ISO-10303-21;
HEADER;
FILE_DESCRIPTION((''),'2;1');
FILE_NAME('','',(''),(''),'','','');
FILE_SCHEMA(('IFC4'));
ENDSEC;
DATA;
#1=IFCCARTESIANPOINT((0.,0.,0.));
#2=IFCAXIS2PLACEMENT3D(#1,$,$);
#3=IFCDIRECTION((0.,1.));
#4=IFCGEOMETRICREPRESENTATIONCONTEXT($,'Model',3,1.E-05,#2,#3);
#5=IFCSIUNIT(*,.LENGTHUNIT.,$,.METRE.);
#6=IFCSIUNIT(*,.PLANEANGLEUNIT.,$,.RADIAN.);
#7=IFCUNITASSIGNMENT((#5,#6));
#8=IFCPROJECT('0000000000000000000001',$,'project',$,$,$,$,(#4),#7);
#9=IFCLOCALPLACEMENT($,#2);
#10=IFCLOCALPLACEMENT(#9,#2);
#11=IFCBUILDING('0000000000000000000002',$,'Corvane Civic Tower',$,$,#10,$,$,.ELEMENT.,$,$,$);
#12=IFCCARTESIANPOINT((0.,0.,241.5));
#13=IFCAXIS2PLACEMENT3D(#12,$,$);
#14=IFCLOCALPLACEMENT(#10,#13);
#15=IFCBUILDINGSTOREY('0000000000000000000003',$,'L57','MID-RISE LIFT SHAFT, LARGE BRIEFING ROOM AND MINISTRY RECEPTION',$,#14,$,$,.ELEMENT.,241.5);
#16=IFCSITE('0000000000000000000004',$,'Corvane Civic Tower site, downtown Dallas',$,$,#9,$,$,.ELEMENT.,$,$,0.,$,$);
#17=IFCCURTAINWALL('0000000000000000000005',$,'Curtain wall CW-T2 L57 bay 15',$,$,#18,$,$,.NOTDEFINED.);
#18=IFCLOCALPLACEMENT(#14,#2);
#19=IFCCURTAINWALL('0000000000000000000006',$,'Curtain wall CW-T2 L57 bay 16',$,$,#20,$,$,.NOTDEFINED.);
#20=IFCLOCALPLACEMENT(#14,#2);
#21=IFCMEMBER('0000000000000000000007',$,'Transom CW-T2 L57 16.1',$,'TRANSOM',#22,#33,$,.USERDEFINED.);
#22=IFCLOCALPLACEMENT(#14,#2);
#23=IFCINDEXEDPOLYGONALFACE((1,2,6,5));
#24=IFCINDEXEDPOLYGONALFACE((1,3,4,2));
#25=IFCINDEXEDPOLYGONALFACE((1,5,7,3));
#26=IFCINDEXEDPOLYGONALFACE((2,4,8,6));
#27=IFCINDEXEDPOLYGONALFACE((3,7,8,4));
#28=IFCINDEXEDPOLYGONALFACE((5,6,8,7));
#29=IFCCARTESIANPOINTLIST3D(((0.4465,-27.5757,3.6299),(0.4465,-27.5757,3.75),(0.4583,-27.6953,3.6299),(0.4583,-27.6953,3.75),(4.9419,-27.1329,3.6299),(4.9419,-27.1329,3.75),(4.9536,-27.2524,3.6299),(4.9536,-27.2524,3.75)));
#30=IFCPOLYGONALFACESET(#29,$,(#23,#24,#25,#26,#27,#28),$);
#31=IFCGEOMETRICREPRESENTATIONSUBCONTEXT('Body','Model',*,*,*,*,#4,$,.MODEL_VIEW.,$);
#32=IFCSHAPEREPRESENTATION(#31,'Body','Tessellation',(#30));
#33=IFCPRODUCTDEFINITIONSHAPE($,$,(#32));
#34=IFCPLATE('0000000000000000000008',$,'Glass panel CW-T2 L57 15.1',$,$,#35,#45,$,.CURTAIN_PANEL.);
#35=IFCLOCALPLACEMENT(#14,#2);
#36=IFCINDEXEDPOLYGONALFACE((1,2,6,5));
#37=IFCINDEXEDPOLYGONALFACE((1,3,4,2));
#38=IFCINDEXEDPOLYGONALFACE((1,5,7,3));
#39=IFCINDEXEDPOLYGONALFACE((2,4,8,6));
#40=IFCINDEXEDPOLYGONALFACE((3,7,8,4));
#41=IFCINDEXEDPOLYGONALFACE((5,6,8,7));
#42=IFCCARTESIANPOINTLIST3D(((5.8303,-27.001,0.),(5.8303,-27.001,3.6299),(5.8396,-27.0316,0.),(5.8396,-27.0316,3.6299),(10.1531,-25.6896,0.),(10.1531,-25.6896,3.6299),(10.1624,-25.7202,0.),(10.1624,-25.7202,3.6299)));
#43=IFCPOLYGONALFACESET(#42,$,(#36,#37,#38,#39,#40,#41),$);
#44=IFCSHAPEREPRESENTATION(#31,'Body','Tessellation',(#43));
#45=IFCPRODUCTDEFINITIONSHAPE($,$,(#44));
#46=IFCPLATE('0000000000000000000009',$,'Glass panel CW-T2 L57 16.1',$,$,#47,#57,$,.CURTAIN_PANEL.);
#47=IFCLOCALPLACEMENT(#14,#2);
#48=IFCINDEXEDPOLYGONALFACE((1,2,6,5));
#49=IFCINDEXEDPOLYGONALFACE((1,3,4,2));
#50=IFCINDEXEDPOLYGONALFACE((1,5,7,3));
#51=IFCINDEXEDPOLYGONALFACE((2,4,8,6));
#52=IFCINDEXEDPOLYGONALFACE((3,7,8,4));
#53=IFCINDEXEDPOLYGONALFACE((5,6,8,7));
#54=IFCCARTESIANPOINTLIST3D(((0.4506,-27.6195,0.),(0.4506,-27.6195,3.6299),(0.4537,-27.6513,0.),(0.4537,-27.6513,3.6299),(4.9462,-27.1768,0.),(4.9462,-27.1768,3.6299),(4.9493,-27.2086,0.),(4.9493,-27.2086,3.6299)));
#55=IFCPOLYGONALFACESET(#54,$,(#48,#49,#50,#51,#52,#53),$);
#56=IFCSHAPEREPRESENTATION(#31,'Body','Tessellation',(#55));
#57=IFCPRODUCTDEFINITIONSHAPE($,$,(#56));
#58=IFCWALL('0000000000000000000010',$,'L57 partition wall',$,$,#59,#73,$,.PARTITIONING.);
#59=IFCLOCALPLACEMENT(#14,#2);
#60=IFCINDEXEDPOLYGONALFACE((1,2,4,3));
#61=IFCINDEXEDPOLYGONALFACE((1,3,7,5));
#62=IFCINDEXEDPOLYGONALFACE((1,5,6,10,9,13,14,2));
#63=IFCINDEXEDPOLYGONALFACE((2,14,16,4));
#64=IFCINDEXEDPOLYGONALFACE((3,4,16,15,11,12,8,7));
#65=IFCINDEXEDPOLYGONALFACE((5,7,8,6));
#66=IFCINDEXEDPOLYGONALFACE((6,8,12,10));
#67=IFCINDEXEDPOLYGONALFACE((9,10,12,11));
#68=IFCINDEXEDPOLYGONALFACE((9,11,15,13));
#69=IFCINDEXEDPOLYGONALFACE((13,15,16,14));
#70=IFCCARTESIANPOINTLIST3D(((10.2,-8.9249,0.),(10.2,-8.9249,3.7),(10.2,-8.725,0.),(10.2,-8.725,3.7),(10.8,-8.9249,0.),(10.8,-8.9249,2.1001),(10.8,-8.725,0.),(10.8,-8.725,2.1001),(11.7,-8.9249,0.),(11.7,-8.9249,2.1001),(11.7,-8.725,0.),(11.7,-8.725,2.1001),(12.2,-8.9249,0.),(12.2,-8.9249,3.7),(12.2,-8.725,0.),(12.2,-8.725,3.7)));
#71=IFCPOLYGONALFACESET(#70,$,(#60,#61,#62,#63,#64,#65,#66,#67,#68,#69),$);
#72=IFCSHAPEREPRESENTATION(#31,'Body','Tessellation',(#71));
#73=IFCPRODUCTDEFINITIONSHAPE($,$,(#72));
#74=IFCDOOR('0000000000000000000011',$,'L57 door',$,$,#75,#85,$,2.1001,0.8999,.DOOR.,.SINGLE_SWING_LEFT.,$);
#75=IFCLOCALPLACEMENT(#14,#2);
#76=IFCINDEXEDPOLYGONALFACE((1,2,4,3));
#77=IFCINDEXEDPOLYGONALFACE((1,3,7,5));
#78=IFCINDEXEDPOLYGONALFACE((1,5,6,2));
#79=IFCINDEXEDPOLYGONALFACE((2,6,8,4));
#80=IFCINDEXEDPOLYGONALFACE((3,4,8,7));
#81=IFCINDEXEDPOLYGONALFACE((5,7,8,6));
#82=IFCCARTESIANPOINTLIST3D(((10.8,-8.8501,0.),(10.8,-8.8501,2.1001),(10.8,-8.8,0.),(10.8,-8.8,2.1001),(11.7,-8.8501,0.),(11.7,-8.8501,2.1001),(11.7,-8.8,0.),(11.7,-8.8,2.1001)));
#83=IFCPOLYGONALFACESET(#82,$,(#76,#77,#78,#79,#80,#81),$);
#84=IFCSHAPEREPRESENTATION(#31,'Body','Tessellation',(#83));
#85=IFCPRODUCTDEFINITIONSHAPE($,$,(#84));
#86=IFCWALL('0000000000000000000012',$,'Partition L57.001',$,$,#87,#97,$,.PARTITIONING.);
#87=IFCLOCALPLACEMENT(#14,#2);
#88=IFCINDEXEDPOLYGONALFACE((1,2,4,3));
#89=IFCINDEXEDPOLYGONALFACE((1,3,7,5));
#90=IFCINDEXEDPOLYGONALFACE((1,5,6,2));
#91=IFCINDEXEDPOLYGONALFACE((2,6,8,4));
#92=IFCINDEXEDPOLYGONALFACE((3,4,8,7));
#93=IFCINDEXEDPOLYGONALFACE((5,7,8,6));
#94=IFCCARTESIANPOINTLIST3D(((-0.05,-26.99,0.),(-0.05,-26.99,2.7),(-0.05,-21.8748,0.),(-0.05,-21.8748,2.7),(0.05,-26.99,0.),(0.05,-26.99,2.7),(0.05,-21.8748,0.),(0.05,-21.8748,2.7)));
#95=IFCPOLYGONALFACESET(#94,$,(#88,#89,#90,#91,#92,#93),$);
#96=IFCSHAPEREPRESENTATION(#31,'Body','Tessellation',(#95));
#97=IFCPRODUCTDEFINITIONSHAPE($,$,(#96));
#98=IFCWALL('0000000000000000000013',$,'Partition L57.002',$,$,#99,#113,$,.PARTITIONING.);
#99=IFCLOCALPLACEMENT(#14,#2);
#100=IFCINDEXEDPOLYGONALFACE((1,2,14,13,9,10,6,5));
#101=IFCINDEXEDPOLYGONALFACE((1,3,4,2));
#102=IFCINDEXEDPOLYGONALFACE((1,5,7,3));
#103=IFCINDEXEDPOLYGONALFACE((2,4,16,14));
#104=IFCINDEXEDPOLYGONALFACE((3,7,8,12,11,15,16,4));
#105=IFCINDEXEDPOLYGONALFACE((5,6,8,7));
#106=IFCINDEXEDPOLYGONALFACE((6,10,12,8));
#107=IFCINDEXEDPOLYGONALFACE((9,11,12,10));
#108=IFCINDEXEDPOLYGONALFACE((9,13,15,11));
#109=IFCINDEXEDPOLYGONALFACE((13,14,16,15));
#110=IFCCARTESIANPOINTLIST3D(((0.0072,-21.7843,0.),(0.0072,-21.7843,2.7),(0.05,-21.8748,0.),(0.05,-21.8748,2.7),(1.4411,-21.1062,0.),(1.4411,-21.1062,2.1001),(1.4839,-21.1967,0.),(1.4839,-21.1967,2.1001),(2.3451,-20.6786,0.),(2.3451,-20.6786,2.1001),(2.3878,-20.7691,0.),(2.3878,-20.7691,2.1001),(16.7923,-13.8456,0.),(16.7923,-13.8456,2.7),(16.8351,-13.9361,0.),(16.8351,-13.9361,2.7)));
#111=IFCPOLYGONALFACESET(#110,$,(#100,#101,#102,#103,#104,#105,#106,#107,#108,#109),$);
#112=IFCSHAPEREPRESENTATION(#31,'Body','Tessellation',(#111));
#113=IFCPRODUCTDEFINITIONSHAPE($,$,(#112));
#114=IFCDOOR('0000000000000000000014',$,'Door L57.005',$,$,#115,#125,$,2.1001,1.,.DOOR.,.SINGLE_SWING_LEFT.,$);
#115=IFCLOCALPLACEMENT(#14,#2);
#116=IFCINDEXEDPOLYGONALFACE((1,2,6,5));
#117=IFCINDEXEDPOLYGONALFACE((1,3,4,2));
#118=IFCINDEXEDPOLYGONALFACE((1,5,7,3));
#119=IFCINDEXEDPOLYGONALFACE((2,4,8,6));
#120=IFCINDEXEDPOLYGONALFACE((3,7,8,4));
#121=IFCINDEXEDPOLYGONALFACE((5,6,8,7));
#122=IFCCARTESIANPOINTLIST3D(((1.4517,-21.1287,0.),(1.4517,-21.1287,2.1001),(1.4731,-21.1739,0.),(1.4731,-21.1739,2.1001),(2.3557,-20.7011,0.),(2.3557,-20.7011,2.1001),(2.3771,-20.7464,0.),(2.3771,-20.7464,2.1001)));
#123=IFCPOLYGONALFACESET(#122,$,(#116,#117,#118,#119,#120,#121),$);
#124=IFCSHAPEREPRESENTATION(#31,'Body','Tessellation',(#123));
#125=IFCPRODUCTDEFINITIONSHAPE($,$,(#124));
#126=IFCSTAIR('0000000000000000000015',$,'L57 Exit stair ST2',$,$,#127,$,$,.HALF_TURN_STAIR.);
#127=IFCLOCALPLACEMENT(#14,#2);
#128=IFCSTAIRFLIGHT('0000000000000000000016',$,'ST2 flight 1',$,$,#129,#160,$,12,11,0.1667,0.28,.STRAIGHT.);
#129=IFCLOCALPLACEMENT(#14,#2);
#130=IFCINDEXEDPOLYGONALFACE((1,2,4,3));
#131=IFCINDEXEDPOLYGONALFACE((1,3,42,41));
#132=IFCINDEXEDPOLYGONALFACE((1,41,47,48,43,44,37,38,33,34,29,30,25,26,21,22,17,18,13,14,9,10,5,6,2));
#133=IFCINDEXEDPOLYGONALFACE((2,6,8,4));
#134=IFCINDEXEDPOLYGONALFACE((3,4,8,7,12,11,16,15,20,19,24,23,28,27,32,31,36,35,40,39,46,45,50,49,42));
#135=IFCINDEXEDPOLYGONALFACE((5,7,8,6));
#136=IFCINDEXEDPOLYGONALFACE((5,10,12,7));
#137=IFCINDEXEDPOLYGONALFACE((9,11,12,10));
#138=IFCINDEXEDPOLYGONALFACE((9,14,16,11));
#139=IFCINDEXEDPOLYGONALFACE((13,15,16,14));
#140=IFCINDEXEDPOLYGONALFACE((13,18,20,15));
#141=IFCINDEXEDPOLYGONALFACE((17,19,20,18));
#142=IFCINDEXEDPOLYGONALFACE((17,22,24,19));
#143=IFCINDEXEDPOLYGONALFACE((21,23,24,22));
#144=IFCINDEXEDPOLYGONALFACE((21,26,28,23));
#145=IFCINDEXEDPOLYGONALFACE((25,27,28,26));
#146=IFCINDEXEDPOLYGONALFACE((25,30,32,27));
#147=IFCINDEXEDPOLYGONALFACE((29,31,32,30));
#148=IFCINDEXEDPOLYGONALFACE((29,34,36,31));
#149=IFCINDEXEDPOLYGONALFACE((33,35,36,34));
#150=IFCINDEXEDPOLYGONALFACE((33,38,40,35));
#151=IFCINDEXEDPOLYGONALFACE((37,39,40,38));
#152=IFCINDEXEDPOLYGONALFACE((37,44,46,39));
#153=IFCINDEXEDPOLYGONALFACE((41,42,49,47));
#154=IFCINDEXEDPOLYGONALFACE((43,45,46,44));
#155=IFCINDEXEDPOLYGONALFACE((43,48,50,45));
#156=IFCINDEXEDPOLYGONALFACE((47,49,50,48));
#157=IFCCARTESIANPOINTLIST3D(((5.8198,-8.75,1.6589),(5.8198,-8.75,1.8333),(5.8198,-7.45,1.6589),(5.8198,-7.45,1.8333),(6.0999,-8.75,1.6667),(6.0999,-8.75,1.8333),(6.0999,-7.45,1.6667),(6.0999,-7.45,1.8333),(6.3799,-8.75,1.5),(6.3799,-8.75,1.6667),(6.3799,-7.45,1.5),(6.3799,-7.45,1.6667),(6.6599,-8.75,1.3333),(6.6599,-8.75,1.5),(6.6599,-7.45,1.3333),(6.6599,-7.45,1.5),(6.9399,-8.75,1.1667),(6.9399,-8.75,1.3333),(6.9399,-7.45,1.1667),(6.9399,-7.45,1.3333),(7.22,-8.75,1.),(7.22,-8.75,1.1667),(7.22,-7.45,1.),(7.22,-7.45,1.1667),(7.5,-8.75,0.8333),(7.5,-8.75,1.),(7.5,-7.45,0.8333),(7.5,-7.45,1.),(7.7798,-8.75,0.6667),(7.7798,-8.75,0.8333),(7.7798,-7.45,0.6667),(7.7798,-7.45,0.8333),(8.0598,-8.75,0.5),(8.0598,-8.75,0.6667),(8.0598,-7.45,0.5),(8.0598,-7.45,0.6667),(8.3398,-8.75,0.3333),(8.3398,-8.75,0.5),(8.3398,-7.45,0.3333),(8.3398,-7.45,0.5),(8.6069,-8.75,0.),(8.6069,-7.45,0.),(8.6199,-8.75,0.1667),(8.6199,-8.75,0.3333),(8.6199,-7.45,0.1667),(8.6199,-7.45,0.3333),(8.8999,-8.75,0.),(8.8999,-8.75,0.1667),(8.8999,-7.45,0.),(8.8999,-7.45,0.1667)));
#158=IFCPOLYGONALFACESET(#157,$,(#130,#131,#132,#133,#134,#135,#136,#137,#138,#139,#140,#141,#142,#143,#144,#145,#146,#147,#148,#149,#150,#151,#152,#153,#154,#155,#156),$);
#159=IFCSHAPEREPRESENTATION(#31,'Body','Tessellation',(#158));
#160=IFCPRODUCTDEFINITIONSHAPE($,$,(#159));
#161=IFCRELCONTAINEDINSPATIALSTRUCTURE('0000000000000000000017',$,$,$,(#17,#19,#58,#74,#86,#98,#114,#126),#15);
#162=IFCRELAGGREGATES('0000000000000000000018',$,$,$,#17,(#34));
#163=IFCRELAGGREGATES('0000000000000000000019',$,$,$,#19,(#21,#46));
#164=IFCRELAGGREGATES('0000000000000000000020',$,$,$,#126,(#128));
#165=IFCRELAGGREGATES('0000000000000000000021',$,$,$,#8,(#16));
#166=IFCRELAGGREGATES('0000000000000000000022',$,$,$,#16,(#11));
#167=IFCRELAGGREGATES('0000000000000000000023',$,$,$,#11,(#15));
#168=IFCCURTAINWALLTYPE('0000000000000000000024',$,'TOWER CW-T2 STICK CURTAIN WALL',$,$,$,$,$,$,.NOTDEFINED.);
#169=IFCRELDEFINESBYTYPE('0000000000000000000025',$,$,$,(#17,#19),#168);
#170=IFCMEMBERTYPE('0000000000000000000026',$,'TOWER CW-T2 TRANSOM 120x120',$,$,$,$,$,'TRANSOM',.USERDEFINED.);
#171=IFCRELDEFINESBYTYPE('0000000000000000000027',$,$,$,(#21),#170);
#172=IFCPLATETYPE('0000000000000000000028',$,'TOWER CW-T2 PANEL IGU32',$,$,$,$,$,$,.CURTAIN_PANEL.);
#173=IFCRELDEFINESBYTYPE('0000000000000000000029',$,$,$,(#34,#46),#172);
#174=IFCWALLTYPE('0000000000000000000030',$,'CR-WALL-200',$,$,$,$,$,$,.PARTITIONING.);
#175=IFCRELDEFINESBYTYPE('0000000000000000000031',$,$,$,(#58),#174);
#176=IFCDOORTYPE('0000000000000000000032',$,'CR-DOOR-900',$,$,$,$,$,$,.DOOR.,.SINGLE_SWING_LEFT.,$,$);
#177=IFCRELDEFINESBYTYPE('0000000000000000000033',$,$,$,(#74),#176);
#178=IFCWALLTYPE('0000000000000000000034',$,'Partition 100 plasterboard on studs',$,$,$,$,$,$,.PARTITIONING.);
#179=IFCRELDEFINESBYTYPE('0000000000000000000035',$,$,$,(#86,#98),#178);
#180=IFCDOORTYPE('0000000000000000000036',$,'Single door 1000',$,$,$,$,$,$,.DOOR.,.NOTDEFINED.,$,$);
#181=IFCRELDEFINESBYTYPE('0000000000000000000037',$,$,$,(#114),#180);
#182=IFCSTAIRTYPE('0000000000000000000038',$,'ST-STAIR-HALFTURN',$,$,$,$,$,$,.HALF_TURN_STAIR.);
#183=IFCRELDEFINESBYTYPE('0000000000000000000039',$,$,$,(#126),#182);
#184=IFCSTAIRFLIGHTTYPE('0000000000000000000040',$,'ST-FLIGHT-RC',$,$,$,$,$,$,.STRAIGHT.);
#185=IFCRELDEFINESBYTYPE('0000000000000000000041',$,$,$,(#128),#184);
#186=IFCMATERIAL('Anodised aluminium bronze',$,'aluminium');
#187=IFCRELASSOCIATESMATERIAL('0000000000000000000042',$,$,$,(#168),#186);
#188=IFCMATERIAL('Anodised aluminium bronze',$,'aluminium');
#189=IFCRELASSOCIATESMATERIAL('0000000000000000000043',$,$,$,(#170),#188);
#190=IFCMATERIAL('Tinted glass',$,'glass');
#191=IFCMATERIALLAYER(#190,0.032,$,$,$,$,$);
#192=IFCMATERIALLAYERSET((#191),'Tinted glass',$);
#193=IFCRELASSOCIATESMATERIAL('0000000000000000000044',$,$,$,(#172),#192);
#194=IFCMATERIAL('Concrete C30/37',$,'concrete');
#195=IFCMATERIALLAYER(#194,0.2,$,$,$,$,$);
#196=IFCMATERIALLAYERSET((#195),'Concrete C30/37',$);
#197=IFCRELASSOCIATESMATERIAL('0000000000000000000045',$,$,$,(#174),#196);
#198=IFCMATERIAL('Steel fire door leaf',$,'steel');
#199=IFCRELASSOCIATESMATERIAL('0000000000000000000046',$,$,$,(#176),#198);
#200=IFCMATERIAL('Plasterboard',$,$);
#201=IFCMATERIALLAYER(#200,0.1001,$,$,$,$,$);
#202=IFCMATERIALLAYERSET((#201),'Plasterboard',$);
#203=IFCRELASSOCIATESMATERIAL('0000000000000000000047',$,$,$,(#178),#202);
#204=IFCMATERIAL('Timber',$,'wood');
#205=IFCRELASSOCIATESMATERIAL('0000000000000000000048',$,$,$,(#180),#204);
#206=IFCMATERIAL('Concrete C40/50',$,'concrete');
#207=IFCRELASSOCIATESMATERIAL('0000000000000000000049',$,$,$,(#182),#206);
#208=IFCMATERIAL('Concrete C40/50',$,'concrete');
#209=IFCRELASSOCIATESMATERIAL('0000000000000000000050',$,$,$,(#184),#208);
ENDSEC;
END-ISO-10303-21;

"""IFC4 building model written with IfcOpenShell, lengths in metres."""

from ifc_helpers import new_model, si_unit, direction, frame, frame_2d, origin, origin_2d, place, context, subcontext, project, spatial, polyline, rectangle, outline, extrude, material, layer, layer_set, material_profile, profile_set, type_object, element, fill, aggregate, save


model = new_model("IFC4")

# Units and contexts
model_context = context("Model", 3, precision=1e-05, world=origin(), true_north=direction((0.0, 1.0)))
body_context = subcontext(model_context, "Body", "Model", "MODEL_VIEW")
ifc_project = project(units=[si_unit("LENGTHUNIT", "METRE"), si_unit("PLANEANGLEUNIT", "RADIAN")], contexts=[model_context])

# Site, building, storey
site_placement = place(None, origin())
site = spatial("IfcSite", under=ifc_project, at=site_placement, Name="Corvane Civic Tower site, downtown Dallas", CompositionType="ELEMENT", RefElevation=0.0)
building_placement = place(site_placement, origin())
building = spatial("IfcBuilding", under=site, at=building_placement, Name="Corvane Civic Tower", CompositionType="ELEMENT")
storey_placement = place(building_placement, frame((0.0, 0.0, 241.5)))
storey = spatial("IfcBuildingStorey", under=building, at=storey_placement, Name="L57", Description="MID-RISE LIFT SHAFT, LARGE BRIEFING ROOM AND MINISTRY RECEPTION", CompositionType="ELEMENT", Elevation=241.5)

# Curtain walls, member
ifc_material_1 = material(Name="Anodised aluminium bronze", Category="aluminium")
curtain_wall_type = type_object("IfcCurtainWallType", Name="TOWER CW-T2 STICK CURTAIN WALL", PredefinedType="NOTDEFINED", material=ifc_material_1)
curtain_wall_1_placement = place(storey_placement, origin())
curtain_wall_1 = element("IfcCurtainWall", 1, at=curtain_wall_1_placement, inside=storey, type_object=curtain_wall_type, Name="Curtain wall CW-T2 L57 bay 15", PredefinedType="NOTDEFINED")
ifc_material_2 = material(Name="Anodised aluminium bronze", Category="aluminium")
ifc_material_profile_1 = material_profile(ifc_material_2, rectangle(XDim=0.1201, YDim=0.1201, at=origin_2d()), Name="TOWER CW-T2 TRANSOM 120x120")
ifc_profile_set_1 = profile_set([ifc_material_profile_1], Name="Anodised aluminium bronze")
member_type = type_object("IfcMemberType", Name="TOWER CW-T2 TRANSOM 120x120", ElementType="TRANSOM", PredefinedType="USERDEFINED", material=ifc_profile_set_1)
curtain_wall_2_placement = place(storey_placement, origin())
curtain_wall_2 = element("IfcCurtainWall", 2, at=curtain_wall_2_placement, inside=storey, type_object=curtain_wall_type, Name="Curtain wall CW-T2 L57 bay 16", PredefinedType="NOTDEFINED")
member_1_placement = place(storey_placement, frame((4.9478, -27.1926, 3.6899), z_axis=(-0.995182, -0.098043, 0.0), x_axis=(0.098043, -0.995182, 0.0)))
member_1 = element("IfcMember", 3, at=member_1_placement, type_object=member_type, Name="Transom CW-T2 L57 16.1", ObjectType="TRANSOM", PredefinedType="USERDEFINED", context=body_context, shape_type="SweptSolid", body=[
    extrude(rectangle(XDim=0.1201, YDim=0.1201, at=origin_2d()), origin(), (0.0, 0.0, 1.0), 4.5171),
])

# Plates
ifc_material_3 = material(Name="Tinted glass", Category="glass")
ifc_layer_1 = layer(ifc_material_3, 0.032)
ifc_layer_set_1 = layer_set([ifc_layer_1], Name="Tinted glass")
plate_type = type_object("IfcPlateType", Name="TOWER CW-T2 PANEL IGU32", PredefinedType="CURTAIN_PANEL", material=ifc_layer_set_1)
plate_1_placement = place(storey_placement, frame((7.9963, -26.3606, 0.0), z_axis=(0.0, 0.0, 1.0), x_axis=(-0.956939, -0.29029, 0.0)))
plate_1 = element("IfcPlate", 4, at=plate_1_placement, type_object=plate_type, Name="Glass panel CW-T2 L57 15.1", PredefinedType="CURTAIN_PANEL", context=body_context, shape_type="SweptSolid", body=[
    extrude(rectangle(XDim=4.5173, YDim=0.032, at=origin_2d()), origin(), (0.0, 0.0, 1.0), 3.6299),
])
aggregate(curtain_wall_1, [plate_1])
plate_2_placement = place(storey_placement, frame((2.7, -27.4141, 0.0), z_axis=(0.0, 0.0, 1.0), x_axis=(-0.995187, -0.097993, 0.0)))
plate_2 = element("IfcPlate", 5, at=plate_2_placement, type_object=plate_type, Name="Glass panel CW-T2 L57 16.1", PredefinedType="CURTAIN_PANEL", context=body_context, shape_type="SweptSolid", body=[
    extrude(rectangle(XDim=4.5173, YDim=0.032, at=origin_2d()), origin(), (0.0, 0.0, 1.0), 3.6299),
])
aggregate(curtain_wall_2, [member_1, plate_2])

# Wall, opening, door
ifc_material_4 = material(Name="Concrete C30/37", Category="concrete")
ifc_layer_2 = layer(ifc_material_4, 0.2)
ifc_layer_set_2 = layer_set([ifc_layer_2], Name="Concrete C30/37")
wall_type_1 = type_object("IfcWallType", Name="CR-WALL-200", PredefinedType="PARTITIONING", material=ifc_layer_set_2)
wall_1_placement = place(storey_placement, frame((10.2, -8.825, 0.0), z_axis=(0.0, 0.0, 1.0), x_axis=(1.0, 0.0, 0.0)))
wall_1 = element("IfcWall", 6, at=wall_1_placement, inside=storey, type_object=wall_type_1, Name="L57 partition wall", PredefinedType="PARTITIONING", context=body_context, shape_type="SweptSolid", body=[
    extrude(rectangle(XDim=2.0, YDim=0.2, at=frame_2d((1.0, 0.0))), origin(), (0.0, 0.0, 1.0), 3.7),
])
opening_1_placement = place(wall_1_placement, frame((0.6001, 0.0, 0.0)))
opening_1 = element("IfcOpeningElement", 7, at=opening_1_placement, cuts=wall_1, PredefinedType="OPENING", context=body_context, shape_type="SweptSolid", body=[
    extrude(rectangle(XDim=0.8999, YDim=2.1001, at=frame_2d((0.45, 1.05))), frame((0.0, 0.1099, 0.0), z_axis=(0.0, -1.0, 0.0), x_axis=(1.0, 0.0, 0.0)), (0.0, 0.0, 1.0), 0.22),
])
ifc_material_5 = material(Name="Steel fire door leaf", Category="steel")
door_type_1 = type_object("IfcDoorType", Name="CR-DOOR-900", OperationType="SINGLE_SWING_LEFT", PredefinedType="DOOR", material=ifc_material_5)
door_1_placement = place(opening_1_placement, origin())
door_1 = element("IfcDoor", 8, at=door_1_placement, inside=storey, type_object=door_type_1, Name="L57 door", OperationType="SINGLE_SWING_LEFT", OverallHeight=2.1001, OverallWidth=0.8999, PredefinedType="DOOR", context=body_context, shape_type="SweptSolid", body=[
    extrude(rectangle(XDim=0.8999, YDim=2.1001, at=frame_2d((0.45, 1.05))), frame((0.0, 0.0249, 0.0), z_axis=(0.0, -1.0, 0.0), x_axis=(1.0, 0.0, 0.0)), (0.0, 0.0, 1.0), 0.05),
])
fill(opening_1, door_1)

# Wall
ifc_material_6 = material(Name="Plasterboard")
ifc_layer_3 = layer(ifc_material_6, 0.1001)
ifc_layer_set_3 = layer_set([ifc_layer_3], Name="Plasterboard")
wall_type_2 = type_object("IfcWallType", Name="Partition 100 plasterboard on studs", PredefinedType="PARTITIONING", material=ifc_layer_set_3)
wall_2_placement = place(storey_placement, frame((0.0, -26.99, 0.0), z_axis=(0.0, 0.0, 1.0), x_axis=(0.0, 1.0, 0.0)))
element("IfcWall", 9, at=wall_2_placement, inside=storey, type_object=wall_type_2, Name="Partition L57.001", PredefinedType="PARTITIONING", context=body_context, shape_type="SweptSolid", body=[
    extrude(rectangle(XDim=5.1152, YDim=0.1001, at=frame_2d((2.5576, 0.0))), origin(), (0.0, 0.0, 1.0), 2.7),
])

# Wall, opening, door
wall_3_placement = place(storey_placement, frame((0.0286, -21.8296, 0.0), z_axis=(0.0, 0.0, 1.0), x_axis=(0.903991, 0.427552, 0.0)))
wall_3 = element("IfcWall", 10, at=wall_3_placement, inside=storey, type_object=wall_type_2, Name="Partition L57.002", PredefinedType="PARTITIONING", context=body_context, shape_type="SweptSolid", body=[
    extrude(rectangle(XDim=18.5679, YDim=0.1001, at=frame_2d((9.2839, 0.0))), origin(), (0.0, 0.0, 1.0), 2.7),
])
opening_2_placement = place(wall_3_placement, frame((1.5862, 0.0, 0.0)))
opening_2 = element("IfcOpeningElement", 11, at=opening_2_placement, cuts=wall_3, PredefinedType="OPENING", context=body_context, shape_type="SweptSolid", body=[
    extrude(rectangle(XDim=1.0, YDim=2.1001, at=frame_2d((0.5, 1.05))), frame((0.0, 0.0601, 0.0), z_axis=(0.0, -1.0, 0.0), x_axis=(1.0, 0.0, 0.0)), (0.0, 0.0, 1.0), 0.1201),
])
ifc_material_7 = material(Name="Timber", Category="wood")
door_type_2 = type_object("IfcDoorType", Name="Single door 1000", OperationType="NOTDEFINED", PredefinedType="DOOR", material=ifc_material_7)
door_2_placement = place(opening_2_placement, frame((1.0, 0.0, 0.0), z_axis=(0.0, 0.0, 1.0), x_axis=(-1.0, 0.0, 0.0)))
door_2 = element("IfcDoor", 12, at=door_2_placement, inside=storey, type_object=door_type_2, Name="Door L57.005", OperationType="SINGLE_SWING_LEFT", OverallHeight=2.1001, OverallWidth=1.0, PredefinedType="DOOR", context=body_context, shape_type="SweptSolid", body=[
    extrude(rectangle(XDim=1.0, YDim=2.1001, at=frame_2d((0.5, 1.05))), frame((0.0, 0.0249, 0.0), z_axis=(0.0, -1.0, 0.0), x_axis=(1.0, 0.0, 0.0)), (0.0, 0.0, 1.0), 0.05),
])
fill(opening_2, door_2)

# Stair, stair flight
ifc_material_8 = material(Name="Concrete C40/50", Category="concrete")
stair_type = type_object("IfcStairType", Name="ST-STAIR-HALFTURN", PredefinedType="HALF_TURN_STAIR", material=ifc_material_8)
stair_placement = place(storey_placement, origin())
stair = element("IfcStair", 13, at=stair_placement, inside=storey, type_object=stair_type, Name="L57 Exit stair ST2", PredefinedType="HALF_TURN_STAIR")
ifc_material_9 = material(Name="Concrete C40/50", Category="concrete")
stair_flight_type = type_object("IfcStairFlightType", Name="ST-FLIGHT-RC", PredefinedType="STRAIGHT", material=ifc_material_9)
stair_flight_1_placement = place(storey_placement, frame((8.8999, -8.1001, 0.0), z_axis=(0.0, 0.0, 1.0), x_axis=(-1.0, 0.0, 0.0)))
stair_flight_1 = element("IfcStairFlight", 14, at=stair_flight_1_placement, type_object=stair_flight_type, Name="ST2 flight 1", NumberOfRisers=12, NumberOfTreads=11, PredefinedType="STRAIGHT", RiserHeight=0.1667, TreadLength=0.28, context=body_context, shape_type="SweptSolid", body=[
    extrude(outline(polyline([(0.0, 0.0), (0.0, 0.1667), (0.28, 0.1667), (0.28, 0.3333), (0.5601, 0.3333), (0.5601, 0.5), (0.8401, 0.5), (0.8401, 0.6667), (1.1201, 0.6667), (1.1201, 0.8333), (1.3999, 0.8333), (1.3999, 1.0), (1.6799, 1.0), (1.6799, 1.1667), (1.96, 1.1667), (1.96, 1.3333), (2.24, 1.3333), (2.24, 1.5), (2.52, 1.5), (2.52, 1.6667), (2.8, 1.6667), (2.8, 1.8333), (3.0801, 1.8333), (3.0801, 2.0), (3.0801, 1.6589), (0.293, 0.0), (0.0, 0.0)])), frame((0.0, 0.6499, 0.0), z_axis=(0.0, -1.0, 0.0), x_axis=(1.0, 0.0, 0.0)), (0.0, 0.0, 1.0), 1.3),
])
aggregate(stair, [stair_flight_1])

save(model, "model.ifc")
